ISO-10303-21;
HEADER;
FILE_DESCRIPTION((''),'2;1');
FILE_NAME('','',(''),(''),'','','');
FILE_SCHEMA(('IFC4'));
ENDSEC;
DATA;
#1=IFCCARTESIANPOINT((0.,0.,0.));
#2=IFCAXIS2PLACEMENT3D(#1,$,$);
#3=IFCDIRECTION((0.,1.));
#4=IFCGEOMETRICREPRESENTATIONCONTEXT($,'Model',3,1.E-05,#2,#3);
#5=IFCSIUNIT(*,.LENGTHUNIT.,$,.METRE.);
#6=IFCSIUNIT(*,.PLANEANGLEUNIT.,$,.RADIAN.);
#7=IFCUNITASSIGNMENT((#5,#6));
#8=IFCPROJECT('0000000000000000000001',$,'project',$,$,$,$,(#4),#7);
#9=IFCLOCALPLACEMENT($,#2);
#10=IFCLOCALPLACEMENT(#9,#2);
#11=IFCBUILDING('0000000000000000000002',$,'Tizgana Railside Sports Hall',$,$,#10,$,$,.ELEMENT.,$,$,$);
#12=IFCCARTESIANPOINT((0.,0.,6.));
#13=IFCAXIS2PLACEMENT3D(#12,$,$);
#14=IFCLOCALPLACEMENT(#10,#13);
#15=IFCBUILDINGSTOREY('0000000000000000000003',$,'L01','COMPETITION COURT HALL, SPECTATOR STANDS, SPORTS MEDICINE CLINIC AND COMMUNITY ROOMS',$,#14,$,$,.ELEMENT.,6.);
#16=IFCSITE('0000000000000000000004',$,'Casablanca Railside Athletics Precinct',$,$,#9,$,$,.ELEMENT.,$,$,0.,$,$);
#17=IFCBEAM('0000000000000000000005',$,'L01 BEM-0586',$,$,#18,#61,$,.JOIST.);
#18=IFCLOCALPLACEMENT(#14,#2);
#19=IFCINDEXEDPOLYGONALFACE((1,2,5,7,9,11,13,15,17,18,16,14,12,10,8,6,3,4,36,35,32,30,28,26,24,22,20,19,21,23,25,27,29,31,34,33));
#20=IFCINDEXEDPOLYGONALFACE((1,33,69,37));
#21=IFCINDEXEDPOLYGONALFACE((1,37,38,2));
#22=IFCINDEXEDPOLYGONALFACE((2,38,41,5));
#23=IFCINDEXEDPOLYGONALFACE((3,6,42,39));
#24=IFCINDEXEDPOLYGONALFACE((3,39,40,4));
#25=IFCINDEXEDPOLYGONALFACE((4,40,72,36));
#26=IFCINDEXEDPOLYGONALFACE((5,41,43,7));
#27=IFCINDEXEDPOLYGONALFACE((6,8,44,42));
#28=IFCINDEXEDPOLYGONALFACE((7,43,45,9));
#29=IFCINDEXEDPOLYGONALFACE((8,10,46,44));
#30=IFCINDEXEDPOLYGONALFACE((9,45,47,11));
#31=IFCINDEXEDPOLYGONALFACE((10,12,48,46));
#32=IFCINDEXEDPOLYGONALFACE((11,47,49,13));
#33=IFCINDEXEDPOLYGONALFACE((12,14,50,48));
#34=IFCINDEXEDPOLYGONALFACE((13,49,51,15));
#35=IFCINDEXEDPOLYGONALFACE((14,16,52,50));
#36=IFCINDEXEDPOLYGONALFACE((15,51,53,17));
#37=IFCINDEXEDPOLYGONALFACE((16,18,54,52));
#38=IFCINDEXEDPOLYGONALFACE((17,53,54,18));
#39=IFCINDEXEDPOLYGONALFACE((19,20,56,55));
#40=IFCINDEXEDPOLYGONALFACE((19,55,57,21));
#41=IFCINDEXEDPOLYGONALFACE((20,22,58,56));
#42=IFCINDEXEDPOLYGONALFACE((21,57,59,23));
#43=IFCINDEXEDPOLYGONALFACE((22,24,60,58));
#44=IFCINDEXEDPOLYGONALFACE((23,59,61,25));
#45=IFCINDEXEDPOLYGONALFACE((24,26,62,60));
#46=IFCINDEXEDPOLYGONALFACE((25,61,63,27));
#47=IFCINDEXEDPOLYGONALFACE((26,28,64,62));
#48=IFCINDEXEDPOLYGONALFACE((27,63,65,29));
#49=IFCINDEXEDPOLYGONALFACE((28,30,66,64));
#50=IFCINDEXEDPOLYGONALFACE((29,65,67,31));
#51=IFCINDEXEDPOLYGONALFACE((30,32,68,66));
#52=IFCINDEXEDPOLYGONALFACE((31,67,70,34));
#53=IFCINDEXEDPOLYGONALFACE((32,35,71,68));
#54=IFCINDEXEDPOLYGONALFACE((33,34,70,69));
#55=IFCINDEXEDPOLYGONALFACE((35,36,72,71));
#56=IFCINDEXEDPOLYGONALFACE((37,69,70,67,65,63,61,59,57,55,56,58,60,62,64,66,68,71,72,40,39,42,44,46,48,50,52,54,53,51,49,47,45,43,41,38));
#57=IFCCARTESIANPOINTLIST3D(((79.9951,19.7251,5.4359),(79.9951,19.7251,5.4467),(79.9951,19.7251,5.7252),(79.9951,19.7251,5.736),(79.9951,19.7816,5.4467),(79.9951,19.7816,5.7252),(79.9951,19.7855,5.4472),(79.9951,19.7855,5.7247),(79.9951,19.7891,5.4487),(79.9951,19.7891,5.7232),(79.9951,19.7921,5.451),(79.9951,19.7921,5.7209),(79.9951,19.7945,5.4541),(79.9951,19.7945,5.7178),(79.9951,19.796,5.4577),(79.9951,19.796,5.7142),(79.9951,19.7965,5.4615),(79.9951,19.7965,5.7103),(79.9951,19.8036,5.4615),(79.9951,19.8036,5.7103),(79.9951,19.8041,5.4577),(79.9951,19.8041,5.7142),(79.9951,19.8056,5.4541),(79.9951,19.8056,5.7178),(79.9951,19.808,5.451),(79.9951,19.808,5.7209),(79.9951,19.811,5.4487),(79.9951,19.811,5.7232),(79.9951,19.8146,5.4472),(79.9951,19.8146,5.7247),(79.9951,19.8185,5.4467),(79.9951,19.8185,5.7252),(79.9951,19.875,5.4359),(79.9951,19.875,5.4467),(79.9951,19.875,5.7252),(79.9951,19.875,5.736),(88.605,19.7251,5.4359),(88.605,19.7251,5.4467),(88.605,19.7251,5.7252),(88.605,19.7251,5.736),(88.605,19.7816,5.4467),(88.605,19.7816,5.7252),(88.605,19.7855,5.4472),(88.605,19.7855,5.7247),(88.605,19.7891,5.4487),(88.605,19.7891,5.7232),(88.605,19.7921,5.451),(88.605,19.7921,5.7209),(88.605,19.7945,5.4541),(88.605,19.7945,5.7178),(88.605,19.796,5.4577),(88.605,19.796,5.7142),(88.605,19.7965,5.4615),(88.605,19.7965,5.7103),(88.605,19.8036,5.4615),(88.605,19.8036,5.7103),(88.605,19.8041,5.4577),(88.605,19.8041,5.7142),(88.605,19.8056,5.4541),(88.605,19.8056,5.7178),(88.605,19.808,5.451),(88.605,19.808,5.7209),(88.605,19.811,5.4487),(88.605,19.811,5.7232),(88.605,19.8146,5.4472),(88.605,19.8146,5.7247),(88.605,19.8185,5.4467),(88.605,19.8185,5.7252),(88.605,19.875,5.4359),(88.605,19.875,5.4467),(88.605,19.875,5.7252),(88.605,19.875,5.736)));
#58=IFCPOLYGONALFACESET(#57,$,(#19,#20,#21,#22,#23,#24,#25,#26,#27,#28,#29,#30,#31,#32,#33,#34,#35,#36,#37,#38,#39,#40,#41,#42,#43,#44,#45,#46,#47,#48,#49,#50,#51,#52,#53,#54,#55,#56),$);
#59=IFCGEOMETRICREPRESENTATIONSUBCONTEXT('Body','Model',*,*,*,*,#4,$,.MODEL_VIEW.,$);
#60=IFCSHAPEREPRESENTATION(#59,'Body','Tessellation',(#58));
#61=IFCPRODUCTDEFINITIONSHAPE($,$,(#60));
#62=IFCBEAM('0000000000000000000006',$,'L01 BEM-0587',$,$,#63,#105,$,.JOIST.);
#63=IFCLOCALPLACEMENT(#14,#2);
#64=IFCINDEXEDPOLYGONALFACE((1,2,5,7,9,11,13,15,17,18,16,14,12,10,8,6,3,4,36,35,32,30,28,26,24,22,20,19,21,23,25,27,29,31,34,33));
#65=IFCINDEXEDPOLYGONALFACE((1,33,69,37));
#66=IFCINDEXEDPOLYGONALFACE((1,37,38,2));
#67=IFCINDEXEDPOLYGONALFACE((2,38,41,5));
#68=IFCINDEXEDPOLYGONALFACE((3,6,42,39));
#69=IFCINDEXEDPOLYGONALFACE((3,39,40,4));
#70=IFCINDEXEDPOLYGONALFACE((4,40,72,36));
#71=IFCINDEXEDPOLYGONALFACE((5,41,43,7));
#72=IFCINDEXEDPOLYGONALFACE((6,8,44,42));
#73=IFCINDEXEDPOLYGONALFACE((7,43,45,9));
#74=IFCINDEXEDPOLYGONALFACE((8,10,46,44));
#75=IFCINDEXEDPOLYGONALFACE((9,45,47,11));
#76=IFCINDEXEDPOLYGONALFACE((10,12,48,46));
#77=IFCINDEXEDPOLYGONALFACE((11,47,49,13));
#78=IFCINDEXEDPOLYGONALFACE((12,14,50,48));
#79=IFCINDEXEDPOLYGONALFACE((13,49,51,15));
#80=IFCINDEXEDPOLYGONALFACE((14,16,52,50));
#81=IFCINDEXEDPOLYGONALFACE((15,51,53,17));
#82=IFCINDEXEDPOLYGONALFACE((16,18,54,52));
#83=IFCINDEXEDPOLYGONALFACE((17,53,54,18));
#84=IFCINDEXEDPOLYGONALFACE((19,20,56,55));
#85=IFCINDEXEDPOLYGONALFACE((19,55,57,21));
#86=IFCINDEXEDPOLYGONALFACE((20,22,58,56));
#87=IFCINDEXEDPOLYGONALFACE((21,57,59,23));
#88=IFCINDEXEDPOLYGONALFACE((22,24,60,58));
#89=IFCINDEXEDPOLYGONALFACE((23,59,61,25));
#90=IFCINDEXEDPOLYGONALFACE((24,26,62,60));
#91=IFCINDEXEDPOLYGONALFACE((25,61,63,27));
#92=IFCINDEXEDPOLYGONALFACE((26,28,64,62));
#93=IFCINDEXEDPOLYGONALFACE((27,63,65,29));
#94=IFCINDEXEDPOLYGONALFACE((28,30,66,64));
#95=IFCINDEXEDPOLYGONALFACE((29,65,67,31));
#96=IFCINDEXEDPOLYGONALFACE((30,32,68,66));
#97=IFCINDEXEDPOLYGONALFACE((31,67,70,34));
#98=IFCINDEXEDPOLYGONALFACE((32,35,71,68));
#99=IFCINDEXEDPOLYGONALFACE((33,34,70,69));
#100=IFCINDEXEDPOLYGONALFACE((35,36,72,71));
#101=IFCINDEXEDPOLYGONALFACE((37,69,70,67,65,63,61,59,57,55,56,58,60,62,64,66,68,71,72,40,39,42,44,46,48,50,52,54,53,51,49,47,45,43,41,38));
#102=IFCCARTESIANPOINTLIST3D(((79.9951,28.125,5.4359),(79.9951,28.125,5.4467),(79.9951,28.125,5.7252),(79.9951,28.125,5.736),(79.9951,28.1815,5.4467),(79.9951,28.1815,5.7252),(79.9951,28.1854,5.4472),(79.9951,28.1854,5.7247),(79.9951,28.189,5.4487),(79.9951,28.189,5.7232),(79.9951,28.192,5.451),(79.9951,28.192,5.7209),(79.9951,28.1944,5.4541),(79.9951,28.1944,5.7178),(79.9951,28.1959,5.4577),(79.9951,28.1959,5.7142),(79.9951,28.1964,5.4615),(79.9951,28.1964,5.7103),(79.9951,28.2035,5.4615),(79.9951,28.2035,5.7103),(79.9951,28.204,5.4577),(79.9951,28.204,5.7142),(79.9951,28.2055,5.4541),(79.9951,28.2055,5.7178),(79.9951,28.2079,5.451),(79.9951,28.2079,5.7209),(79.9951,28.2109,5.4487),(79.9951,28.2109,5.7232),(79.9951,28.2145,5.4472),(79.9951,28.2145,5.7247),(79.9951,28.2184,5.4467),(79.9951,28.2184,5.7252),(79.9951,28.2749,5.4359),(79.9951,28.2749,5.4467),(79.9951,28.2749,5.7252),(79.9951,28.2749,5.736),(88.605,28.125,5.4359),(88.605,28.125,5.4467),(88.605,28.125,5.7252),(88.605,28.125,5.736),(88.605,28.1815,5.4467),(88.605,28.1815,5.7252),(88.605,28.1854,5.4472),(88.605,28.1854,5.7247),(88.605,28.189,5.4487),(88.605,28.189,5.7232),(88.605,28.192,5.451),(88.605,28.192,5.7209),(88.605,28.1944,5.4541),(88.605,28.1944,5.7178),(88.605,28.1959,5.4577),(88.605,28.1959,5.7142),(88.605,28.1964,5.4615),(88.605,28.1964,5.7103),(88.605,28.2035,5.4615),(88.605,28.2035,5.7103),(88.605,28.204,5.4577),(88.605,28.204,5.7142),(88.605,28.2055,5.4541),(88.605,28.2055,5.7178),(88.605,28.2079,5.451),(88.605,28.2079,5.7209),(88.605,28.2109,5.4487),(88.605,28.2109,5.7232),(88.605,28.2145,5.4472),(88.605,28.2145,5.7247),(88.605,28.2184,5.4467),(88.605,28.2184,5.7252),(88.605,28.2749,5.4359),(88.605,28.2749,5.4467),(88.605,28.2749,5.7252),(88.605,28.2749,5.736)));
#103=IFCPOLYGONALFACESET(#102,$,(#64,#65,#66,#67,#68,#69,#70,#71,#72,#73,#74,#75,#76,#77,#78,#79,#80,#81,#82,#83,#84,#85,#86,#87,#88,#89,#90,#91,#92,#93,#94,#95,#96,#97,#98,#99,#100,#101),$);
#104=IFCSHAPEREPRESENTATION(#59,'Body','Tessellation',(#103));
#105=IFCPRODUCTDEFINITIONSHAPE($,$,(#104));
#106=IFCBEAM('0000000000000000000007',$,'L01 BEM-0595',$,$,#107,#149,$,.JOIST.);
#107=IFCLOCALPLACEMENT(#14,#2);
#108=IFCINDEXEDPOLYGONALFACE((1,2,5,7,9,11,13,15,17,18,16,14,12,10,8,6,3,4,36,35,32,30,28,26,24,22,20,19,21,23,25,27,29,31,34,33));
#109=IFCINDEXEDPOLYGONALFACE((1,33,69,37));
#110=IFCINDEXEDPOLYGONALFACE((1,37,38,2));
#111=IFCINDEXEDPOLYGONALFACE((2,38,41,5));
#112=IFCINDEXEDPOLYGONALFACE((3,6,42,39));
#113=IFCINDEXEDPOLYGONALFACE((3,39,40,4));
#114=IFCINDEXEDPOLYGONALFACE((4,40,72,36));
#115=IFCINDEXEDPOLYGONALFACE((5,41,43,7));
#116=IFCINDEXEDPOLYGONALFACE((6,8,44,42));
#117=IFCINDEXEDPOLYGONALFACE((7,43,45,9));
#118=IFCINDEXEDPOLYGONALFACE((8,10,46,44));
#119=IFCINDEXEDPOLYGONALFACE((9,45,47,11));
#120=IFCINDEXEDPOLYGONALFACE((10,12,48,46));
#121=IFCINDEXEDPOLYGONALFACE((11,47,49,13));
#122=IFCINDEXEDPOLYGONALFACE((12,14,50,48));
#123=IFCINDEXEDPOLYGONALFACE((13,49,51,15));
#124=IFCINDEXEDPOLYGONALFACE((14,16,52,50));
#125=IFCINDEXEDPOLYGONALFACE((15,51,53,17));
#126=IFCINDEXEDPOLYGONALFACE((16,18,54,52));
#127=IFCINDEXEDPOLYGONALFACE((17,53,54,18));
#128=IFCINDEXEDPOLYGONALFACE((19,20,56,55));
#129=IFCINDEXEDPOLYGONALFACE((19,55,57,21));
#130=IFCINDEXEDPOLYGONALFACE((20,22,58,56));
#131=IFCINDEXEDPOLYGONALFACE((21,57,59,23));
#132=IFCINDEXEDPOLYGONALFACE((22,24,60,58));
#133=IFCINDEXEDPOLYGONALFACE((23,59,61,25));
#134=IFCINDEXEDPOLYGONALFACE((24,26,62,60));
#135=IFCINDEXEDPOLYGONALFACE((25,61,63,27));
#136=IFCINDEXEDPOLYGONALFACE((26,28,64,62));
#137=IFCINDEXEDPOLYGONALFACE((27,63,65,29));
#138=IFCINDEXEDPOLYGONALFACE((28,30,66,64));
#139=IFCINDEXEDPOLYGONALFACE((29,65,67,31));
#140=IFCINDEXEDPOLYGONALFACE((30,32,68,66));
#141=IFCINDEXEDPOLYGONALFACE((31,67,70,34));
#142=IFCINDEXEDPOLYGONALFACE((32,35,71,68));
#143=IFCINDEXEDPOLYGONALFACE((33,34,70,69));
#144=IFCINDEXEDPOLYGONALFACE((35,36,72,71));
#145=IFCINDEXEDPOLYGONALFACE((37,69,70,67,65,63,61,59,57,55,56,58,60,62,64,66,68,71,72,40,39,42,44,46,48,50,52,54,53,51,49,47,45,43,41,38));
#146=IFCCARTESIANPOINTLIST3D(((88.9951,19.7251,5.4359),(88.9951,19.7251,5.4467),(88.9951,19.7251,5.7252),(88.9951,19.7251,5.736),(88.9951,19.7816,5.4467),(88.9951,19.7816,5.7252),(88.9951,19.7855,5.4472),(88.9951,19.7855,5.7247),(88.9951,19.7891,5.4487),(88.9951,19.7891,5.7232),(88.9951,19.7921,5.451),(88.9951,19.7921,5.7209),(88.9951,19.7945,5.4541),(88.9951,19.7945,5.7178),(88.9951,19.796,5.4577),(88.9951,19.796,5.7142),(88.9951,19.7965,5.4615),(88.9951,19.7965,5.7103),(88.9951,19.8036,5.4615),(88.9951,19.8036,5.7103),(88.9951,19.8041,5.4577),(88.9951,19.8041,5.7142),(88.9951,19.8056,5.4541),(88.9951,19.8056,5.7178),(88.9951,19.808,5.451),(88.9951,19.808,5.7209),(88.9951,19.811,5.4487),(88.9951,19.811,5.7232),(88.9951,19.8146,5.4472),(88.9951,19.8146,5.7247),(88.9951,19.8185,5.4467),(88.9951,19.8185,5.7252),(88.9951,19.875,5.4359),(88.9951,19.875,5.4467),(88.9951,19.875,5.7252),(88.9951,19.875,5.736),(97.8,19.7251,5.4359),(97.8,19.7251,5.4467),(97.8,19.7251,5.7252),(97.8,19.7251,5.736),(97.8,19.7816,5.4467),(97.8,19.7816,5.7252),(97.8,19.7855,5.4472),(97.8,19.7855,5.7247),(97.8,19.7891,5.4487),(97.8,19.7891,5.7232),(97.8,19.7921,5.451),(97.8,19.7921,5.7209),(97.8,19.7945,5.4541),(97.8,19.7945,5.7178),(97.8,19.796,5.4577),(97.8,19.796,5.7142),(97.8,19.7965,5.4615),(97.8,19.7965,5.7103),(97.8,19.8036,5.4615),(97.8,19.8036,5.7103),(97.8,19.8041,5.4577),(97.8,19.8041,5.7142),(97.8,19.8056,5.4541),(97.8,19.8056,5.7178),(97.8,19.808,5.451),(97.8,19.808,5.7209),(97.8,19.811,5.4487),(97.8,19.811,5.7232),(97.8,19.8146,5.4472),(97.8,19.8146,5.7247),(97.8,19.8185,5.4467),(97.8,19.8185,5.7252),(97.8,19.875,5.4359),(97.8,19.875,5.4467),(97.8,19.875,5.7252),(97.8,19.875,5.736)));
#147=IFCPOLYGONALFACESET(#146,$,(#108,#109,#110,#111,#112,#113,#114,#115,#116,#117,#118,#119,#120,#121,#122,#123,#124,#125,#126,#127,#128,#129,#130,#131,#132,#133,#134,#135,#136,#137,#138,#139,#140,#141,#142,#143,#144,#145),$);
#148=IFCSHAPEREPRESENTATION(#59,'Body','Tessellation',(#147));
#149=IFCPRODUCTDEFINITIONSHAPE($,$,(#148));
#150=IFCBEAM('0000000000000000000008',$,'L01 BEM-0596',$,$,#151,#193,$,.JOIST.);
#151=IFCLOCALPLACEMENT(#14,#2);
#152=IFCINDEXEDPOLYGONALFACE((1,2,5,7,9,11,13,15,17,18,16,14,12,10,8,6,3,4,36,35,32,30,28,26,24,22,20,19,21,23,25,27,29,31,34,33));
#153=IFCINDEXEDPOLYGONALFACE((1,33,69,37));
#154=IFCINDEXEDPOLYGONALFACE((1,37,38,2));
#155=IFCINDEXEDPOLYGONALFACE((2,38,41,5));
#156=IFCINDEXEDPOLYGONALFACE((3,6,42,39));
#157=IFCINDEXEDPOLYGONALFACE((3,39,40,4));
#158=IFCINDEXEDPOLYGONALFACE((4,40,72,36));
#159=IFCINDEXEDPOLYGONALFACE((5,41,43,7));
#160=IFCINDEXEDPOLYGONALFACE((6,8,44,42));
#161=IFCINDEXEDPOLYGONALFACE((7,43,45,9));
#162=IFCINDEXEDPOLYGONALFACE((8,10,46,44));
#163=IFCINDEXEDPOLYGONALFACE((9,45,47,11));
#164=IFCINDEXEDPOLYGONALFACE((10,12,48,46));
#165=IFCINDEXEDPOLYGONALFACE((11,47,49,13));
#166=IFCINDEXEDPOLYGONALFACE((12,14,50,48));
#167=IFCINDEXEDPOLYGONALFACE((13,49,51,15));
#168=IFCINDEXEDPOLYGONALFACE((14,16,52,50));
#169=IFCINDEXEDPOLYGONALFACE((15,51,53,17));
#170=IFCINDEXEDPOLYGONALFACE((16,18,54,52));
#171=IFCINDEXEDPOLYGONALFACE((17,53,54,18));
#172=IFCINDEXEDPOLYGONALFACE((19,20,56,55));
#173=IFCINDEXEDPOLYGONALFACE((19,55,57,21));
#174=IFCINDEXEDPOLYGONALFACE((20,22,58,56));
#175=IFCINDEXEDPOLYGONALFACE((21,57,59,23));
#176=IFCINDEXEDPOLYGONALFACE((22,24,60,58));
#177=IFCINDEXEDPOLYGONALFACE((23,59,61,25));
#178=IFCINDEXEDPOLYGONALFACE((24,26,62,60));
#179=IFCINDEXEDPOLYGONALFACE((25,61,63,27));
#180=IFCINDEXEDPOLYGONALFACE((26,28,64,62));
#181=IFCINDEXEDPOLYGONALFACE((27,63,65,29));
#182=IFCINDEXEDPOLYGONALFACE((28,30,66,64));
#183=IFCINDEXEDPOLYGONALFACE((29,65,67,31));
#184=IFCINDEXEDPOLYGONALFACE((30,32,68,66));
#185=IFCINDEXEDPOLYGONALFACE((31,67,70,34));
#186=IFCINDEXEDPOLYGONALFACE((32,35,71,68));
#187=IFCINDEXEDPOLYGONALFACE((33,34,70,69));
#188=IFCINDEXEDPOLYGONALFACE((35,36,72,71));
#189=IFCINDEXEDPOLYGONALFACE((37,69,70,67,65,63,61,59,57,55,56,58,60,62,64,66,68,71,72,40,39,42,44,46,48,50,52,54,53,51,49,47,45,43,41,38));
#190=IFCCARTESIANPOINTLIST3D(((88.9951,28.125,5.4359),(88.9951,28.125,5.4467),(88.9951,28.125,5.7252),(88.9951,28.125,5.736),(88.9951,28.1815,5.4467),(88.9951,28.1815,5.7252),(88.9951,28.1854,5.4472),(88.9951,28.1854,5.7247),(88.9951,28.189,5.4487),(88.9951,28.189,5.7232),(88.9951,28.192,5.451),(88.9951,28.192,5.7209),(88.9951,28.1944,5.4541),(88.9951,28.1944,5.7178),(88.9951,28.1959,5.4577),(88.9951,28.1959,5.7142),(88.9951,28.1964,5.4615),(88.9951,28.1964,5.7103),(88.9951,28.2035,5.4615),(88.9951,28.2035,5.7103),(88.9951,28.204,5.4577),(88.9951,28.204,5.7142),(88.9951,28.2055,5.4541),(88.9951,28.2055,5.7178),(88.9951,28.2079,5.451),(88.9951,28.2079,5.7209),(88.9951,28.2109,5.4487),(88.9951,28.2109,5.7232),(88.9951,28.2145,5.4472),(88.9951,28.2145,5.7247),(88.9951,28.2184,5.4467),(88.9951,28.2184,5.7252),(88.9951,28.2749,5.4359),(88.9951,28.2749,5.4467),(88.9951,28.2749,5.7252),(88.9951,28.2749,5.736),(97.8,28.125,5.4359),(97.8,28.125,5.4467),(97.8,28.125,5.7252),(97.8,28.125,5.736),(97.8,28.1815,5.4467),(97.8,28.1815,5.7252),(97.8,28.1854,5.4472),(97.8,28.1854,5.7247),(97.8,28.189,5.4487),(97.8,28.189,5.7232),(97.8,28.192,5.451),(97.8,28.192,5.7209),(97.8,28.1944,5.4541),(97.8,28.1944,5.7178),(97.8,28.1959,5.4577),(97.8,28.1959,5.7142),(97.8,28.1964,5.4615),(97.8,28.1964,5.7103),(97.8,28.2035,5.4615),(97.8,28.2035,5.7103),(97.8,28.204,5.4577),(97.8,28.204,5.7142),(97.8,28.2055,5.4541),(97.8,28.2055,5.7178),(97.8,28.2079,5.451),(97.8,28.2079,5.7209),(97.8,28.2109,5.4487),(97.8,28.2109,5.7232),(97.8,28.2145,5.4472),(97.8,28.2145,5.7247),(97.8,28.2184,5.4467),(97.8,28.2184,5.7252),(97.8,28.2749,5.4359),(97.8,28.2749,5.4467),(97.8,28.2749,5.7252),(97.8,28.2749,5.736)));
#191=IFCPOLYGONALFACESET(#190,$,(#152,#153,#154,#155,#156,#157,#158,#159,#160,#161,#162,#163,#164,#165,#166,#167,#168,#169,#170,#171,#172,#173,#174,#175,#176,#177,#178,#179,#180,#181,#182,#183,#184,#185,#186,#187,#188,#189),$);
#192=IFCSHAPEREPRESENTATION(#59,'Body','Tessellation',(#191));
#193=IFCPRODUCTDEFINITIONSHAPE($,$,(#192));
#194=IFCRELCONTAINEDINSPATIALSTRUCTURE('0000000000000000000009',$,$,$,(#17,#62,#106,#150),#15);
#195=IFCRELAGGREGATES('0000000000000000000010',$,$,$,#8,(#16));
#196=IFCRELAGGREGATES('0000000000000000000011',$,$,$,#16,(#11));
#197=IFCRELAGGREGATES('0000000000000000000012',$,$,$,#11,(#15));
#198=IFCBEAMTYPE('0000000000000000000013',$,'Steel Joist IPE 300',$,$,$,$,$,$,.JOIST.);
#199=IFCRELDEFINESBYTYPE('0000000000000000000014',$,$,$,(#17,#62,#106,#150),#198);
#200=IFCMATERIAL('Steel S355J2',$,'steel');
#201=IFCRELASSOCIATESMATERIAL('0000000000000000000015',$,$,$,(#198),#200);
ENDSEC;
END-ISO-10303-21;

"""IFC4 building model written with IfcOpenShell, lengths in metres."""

from ifc_helpers import new_model, si_unit, direction, frame, origin, origin_2d, place, context, subcontext, project, spatial, i_section, extrude, material, material_profile, profile_set, type_object, element, save


model = new_model("IFC4")

# Units and contexts
model_context = context("Model", 3, precision=1e-05, world=origin(), true_north=direction((0.0, 1.0)))
body_context = subcontext(model_context, "Body", "Model", "MODEL_VIEW")
ifc_project = project(units=[si_unit("LENGTHUNIT", "METRE"), si_unit("PLANEANGLEUNIT", "RADIAN")], contexts=[model_context])

# Site, building, storey
site_placement = place(None, origin())
site = spatial("IfcSite", under=ifc_project, at=site_placement, Name="Casablanca Railside Athletics Precinct", CompositionType="ELEMENT", RefElevation=0.0)
building_placement = place(site_placement, origin())
building = spatial("IfcBuilding", under=site, at=building_placement, Name="Tizgana Railside Sports Hall", CompositionType="ELEMENT")
storey_placement = place(building_placement, frame((0.0, 0.0, 6.0)))
storey = spatial("IfcBuildingStorey", under=building, at=storey_placement, Name="L01", Description="COMPETITION COURT HALL, SPECTATOR STANDS, SPORTS MEDICINE CLINIC AND COMMUNITY ROOMS", CompositionType="ELEMENT", Elevation=6.0)

# Beams
ifc_material_1 = material(Name="Steel S355J2", Category="steel")
ifc_material_profile_1 = material_profile(ifc_material_1, i_section(OverallWidth=0.1499, OverallDepth=0.3, WebThickness=0.0071, FlangeThickness=0.0107, FilletRadius=0.0149, at=origin_2d()), Name="IPE 300")
ifc_profile_set_1 = profile_set([ifc_material_profile_1], Name="Steel S355J2")
beam_type_1 = type_object("IfcBeamType", Name="Steel Joist IPE 300", PredefinedType="JOIST", material=ifc_profile_set_1)
for number, where, z_axis, x_axis, name in (
    (1, (79.9951, 19.8, 5.5859), (1.0, 0.0, 0.0), (0.0, 1.0, 0.0), "L01 BEM-0586"),
    (2, (79.9951, 28.2, 5.5859), (1.0, 0.0, 0.0), (0.0, 1.0, 0.0), "L01 BEM-0587"),
):
    element("IfcBeam", number, at=place(storey_placement, frame(where, z_axis=z_axis, x_axis=x_axis)), inside=storey, type_object=beam_type_1, Name=name, PredefinedType="JOIST", context=body_context, shape_type="SweptSolid", body=[
        extrude(i_section(OverallWidth=0.1499, OverallDepth=0.3, WebThickness=0.0071, FlangeThickness=0.0107, FilletRadius=0.0149, at=origin_2d()), origin(), (0.0, 0.0, 1.0), 8.6099),
    ])
for number, where, z_axis, x_axis, name in (
    (3, (88.9951, 19.8, 5.5859), (1.0, 0.0, 0.0), (0.0, 1.0, 0.0), "L01 BEM-0595"),
    (4, (88.9951, 28.2, 5.5859), (1.0, 0.0, 0.0), (0.0, 1.0, 0.0), "L01 BEM-0596"),
):
    element("IfcBeam", number, at=place(storey_placement, frame(where, z_axis=z_axis, x_axis=x_axis)), inside=storey, type_object=beam_type_1, Name=name, PredefinedType="JOIST", context=body_context, shape_type="SweptSolid", body=[
        extrude(i_section(OverallWidth=0.1499, OverallDepth=0.3, WebThickness=0.0071, FlangeThickness=0.0107, FilletRadius=0.0149, at=origin_2d()), origin(), (0.0, 0.0, 1.0), 8.8049),
    ])

save(model, "model.ifc")
